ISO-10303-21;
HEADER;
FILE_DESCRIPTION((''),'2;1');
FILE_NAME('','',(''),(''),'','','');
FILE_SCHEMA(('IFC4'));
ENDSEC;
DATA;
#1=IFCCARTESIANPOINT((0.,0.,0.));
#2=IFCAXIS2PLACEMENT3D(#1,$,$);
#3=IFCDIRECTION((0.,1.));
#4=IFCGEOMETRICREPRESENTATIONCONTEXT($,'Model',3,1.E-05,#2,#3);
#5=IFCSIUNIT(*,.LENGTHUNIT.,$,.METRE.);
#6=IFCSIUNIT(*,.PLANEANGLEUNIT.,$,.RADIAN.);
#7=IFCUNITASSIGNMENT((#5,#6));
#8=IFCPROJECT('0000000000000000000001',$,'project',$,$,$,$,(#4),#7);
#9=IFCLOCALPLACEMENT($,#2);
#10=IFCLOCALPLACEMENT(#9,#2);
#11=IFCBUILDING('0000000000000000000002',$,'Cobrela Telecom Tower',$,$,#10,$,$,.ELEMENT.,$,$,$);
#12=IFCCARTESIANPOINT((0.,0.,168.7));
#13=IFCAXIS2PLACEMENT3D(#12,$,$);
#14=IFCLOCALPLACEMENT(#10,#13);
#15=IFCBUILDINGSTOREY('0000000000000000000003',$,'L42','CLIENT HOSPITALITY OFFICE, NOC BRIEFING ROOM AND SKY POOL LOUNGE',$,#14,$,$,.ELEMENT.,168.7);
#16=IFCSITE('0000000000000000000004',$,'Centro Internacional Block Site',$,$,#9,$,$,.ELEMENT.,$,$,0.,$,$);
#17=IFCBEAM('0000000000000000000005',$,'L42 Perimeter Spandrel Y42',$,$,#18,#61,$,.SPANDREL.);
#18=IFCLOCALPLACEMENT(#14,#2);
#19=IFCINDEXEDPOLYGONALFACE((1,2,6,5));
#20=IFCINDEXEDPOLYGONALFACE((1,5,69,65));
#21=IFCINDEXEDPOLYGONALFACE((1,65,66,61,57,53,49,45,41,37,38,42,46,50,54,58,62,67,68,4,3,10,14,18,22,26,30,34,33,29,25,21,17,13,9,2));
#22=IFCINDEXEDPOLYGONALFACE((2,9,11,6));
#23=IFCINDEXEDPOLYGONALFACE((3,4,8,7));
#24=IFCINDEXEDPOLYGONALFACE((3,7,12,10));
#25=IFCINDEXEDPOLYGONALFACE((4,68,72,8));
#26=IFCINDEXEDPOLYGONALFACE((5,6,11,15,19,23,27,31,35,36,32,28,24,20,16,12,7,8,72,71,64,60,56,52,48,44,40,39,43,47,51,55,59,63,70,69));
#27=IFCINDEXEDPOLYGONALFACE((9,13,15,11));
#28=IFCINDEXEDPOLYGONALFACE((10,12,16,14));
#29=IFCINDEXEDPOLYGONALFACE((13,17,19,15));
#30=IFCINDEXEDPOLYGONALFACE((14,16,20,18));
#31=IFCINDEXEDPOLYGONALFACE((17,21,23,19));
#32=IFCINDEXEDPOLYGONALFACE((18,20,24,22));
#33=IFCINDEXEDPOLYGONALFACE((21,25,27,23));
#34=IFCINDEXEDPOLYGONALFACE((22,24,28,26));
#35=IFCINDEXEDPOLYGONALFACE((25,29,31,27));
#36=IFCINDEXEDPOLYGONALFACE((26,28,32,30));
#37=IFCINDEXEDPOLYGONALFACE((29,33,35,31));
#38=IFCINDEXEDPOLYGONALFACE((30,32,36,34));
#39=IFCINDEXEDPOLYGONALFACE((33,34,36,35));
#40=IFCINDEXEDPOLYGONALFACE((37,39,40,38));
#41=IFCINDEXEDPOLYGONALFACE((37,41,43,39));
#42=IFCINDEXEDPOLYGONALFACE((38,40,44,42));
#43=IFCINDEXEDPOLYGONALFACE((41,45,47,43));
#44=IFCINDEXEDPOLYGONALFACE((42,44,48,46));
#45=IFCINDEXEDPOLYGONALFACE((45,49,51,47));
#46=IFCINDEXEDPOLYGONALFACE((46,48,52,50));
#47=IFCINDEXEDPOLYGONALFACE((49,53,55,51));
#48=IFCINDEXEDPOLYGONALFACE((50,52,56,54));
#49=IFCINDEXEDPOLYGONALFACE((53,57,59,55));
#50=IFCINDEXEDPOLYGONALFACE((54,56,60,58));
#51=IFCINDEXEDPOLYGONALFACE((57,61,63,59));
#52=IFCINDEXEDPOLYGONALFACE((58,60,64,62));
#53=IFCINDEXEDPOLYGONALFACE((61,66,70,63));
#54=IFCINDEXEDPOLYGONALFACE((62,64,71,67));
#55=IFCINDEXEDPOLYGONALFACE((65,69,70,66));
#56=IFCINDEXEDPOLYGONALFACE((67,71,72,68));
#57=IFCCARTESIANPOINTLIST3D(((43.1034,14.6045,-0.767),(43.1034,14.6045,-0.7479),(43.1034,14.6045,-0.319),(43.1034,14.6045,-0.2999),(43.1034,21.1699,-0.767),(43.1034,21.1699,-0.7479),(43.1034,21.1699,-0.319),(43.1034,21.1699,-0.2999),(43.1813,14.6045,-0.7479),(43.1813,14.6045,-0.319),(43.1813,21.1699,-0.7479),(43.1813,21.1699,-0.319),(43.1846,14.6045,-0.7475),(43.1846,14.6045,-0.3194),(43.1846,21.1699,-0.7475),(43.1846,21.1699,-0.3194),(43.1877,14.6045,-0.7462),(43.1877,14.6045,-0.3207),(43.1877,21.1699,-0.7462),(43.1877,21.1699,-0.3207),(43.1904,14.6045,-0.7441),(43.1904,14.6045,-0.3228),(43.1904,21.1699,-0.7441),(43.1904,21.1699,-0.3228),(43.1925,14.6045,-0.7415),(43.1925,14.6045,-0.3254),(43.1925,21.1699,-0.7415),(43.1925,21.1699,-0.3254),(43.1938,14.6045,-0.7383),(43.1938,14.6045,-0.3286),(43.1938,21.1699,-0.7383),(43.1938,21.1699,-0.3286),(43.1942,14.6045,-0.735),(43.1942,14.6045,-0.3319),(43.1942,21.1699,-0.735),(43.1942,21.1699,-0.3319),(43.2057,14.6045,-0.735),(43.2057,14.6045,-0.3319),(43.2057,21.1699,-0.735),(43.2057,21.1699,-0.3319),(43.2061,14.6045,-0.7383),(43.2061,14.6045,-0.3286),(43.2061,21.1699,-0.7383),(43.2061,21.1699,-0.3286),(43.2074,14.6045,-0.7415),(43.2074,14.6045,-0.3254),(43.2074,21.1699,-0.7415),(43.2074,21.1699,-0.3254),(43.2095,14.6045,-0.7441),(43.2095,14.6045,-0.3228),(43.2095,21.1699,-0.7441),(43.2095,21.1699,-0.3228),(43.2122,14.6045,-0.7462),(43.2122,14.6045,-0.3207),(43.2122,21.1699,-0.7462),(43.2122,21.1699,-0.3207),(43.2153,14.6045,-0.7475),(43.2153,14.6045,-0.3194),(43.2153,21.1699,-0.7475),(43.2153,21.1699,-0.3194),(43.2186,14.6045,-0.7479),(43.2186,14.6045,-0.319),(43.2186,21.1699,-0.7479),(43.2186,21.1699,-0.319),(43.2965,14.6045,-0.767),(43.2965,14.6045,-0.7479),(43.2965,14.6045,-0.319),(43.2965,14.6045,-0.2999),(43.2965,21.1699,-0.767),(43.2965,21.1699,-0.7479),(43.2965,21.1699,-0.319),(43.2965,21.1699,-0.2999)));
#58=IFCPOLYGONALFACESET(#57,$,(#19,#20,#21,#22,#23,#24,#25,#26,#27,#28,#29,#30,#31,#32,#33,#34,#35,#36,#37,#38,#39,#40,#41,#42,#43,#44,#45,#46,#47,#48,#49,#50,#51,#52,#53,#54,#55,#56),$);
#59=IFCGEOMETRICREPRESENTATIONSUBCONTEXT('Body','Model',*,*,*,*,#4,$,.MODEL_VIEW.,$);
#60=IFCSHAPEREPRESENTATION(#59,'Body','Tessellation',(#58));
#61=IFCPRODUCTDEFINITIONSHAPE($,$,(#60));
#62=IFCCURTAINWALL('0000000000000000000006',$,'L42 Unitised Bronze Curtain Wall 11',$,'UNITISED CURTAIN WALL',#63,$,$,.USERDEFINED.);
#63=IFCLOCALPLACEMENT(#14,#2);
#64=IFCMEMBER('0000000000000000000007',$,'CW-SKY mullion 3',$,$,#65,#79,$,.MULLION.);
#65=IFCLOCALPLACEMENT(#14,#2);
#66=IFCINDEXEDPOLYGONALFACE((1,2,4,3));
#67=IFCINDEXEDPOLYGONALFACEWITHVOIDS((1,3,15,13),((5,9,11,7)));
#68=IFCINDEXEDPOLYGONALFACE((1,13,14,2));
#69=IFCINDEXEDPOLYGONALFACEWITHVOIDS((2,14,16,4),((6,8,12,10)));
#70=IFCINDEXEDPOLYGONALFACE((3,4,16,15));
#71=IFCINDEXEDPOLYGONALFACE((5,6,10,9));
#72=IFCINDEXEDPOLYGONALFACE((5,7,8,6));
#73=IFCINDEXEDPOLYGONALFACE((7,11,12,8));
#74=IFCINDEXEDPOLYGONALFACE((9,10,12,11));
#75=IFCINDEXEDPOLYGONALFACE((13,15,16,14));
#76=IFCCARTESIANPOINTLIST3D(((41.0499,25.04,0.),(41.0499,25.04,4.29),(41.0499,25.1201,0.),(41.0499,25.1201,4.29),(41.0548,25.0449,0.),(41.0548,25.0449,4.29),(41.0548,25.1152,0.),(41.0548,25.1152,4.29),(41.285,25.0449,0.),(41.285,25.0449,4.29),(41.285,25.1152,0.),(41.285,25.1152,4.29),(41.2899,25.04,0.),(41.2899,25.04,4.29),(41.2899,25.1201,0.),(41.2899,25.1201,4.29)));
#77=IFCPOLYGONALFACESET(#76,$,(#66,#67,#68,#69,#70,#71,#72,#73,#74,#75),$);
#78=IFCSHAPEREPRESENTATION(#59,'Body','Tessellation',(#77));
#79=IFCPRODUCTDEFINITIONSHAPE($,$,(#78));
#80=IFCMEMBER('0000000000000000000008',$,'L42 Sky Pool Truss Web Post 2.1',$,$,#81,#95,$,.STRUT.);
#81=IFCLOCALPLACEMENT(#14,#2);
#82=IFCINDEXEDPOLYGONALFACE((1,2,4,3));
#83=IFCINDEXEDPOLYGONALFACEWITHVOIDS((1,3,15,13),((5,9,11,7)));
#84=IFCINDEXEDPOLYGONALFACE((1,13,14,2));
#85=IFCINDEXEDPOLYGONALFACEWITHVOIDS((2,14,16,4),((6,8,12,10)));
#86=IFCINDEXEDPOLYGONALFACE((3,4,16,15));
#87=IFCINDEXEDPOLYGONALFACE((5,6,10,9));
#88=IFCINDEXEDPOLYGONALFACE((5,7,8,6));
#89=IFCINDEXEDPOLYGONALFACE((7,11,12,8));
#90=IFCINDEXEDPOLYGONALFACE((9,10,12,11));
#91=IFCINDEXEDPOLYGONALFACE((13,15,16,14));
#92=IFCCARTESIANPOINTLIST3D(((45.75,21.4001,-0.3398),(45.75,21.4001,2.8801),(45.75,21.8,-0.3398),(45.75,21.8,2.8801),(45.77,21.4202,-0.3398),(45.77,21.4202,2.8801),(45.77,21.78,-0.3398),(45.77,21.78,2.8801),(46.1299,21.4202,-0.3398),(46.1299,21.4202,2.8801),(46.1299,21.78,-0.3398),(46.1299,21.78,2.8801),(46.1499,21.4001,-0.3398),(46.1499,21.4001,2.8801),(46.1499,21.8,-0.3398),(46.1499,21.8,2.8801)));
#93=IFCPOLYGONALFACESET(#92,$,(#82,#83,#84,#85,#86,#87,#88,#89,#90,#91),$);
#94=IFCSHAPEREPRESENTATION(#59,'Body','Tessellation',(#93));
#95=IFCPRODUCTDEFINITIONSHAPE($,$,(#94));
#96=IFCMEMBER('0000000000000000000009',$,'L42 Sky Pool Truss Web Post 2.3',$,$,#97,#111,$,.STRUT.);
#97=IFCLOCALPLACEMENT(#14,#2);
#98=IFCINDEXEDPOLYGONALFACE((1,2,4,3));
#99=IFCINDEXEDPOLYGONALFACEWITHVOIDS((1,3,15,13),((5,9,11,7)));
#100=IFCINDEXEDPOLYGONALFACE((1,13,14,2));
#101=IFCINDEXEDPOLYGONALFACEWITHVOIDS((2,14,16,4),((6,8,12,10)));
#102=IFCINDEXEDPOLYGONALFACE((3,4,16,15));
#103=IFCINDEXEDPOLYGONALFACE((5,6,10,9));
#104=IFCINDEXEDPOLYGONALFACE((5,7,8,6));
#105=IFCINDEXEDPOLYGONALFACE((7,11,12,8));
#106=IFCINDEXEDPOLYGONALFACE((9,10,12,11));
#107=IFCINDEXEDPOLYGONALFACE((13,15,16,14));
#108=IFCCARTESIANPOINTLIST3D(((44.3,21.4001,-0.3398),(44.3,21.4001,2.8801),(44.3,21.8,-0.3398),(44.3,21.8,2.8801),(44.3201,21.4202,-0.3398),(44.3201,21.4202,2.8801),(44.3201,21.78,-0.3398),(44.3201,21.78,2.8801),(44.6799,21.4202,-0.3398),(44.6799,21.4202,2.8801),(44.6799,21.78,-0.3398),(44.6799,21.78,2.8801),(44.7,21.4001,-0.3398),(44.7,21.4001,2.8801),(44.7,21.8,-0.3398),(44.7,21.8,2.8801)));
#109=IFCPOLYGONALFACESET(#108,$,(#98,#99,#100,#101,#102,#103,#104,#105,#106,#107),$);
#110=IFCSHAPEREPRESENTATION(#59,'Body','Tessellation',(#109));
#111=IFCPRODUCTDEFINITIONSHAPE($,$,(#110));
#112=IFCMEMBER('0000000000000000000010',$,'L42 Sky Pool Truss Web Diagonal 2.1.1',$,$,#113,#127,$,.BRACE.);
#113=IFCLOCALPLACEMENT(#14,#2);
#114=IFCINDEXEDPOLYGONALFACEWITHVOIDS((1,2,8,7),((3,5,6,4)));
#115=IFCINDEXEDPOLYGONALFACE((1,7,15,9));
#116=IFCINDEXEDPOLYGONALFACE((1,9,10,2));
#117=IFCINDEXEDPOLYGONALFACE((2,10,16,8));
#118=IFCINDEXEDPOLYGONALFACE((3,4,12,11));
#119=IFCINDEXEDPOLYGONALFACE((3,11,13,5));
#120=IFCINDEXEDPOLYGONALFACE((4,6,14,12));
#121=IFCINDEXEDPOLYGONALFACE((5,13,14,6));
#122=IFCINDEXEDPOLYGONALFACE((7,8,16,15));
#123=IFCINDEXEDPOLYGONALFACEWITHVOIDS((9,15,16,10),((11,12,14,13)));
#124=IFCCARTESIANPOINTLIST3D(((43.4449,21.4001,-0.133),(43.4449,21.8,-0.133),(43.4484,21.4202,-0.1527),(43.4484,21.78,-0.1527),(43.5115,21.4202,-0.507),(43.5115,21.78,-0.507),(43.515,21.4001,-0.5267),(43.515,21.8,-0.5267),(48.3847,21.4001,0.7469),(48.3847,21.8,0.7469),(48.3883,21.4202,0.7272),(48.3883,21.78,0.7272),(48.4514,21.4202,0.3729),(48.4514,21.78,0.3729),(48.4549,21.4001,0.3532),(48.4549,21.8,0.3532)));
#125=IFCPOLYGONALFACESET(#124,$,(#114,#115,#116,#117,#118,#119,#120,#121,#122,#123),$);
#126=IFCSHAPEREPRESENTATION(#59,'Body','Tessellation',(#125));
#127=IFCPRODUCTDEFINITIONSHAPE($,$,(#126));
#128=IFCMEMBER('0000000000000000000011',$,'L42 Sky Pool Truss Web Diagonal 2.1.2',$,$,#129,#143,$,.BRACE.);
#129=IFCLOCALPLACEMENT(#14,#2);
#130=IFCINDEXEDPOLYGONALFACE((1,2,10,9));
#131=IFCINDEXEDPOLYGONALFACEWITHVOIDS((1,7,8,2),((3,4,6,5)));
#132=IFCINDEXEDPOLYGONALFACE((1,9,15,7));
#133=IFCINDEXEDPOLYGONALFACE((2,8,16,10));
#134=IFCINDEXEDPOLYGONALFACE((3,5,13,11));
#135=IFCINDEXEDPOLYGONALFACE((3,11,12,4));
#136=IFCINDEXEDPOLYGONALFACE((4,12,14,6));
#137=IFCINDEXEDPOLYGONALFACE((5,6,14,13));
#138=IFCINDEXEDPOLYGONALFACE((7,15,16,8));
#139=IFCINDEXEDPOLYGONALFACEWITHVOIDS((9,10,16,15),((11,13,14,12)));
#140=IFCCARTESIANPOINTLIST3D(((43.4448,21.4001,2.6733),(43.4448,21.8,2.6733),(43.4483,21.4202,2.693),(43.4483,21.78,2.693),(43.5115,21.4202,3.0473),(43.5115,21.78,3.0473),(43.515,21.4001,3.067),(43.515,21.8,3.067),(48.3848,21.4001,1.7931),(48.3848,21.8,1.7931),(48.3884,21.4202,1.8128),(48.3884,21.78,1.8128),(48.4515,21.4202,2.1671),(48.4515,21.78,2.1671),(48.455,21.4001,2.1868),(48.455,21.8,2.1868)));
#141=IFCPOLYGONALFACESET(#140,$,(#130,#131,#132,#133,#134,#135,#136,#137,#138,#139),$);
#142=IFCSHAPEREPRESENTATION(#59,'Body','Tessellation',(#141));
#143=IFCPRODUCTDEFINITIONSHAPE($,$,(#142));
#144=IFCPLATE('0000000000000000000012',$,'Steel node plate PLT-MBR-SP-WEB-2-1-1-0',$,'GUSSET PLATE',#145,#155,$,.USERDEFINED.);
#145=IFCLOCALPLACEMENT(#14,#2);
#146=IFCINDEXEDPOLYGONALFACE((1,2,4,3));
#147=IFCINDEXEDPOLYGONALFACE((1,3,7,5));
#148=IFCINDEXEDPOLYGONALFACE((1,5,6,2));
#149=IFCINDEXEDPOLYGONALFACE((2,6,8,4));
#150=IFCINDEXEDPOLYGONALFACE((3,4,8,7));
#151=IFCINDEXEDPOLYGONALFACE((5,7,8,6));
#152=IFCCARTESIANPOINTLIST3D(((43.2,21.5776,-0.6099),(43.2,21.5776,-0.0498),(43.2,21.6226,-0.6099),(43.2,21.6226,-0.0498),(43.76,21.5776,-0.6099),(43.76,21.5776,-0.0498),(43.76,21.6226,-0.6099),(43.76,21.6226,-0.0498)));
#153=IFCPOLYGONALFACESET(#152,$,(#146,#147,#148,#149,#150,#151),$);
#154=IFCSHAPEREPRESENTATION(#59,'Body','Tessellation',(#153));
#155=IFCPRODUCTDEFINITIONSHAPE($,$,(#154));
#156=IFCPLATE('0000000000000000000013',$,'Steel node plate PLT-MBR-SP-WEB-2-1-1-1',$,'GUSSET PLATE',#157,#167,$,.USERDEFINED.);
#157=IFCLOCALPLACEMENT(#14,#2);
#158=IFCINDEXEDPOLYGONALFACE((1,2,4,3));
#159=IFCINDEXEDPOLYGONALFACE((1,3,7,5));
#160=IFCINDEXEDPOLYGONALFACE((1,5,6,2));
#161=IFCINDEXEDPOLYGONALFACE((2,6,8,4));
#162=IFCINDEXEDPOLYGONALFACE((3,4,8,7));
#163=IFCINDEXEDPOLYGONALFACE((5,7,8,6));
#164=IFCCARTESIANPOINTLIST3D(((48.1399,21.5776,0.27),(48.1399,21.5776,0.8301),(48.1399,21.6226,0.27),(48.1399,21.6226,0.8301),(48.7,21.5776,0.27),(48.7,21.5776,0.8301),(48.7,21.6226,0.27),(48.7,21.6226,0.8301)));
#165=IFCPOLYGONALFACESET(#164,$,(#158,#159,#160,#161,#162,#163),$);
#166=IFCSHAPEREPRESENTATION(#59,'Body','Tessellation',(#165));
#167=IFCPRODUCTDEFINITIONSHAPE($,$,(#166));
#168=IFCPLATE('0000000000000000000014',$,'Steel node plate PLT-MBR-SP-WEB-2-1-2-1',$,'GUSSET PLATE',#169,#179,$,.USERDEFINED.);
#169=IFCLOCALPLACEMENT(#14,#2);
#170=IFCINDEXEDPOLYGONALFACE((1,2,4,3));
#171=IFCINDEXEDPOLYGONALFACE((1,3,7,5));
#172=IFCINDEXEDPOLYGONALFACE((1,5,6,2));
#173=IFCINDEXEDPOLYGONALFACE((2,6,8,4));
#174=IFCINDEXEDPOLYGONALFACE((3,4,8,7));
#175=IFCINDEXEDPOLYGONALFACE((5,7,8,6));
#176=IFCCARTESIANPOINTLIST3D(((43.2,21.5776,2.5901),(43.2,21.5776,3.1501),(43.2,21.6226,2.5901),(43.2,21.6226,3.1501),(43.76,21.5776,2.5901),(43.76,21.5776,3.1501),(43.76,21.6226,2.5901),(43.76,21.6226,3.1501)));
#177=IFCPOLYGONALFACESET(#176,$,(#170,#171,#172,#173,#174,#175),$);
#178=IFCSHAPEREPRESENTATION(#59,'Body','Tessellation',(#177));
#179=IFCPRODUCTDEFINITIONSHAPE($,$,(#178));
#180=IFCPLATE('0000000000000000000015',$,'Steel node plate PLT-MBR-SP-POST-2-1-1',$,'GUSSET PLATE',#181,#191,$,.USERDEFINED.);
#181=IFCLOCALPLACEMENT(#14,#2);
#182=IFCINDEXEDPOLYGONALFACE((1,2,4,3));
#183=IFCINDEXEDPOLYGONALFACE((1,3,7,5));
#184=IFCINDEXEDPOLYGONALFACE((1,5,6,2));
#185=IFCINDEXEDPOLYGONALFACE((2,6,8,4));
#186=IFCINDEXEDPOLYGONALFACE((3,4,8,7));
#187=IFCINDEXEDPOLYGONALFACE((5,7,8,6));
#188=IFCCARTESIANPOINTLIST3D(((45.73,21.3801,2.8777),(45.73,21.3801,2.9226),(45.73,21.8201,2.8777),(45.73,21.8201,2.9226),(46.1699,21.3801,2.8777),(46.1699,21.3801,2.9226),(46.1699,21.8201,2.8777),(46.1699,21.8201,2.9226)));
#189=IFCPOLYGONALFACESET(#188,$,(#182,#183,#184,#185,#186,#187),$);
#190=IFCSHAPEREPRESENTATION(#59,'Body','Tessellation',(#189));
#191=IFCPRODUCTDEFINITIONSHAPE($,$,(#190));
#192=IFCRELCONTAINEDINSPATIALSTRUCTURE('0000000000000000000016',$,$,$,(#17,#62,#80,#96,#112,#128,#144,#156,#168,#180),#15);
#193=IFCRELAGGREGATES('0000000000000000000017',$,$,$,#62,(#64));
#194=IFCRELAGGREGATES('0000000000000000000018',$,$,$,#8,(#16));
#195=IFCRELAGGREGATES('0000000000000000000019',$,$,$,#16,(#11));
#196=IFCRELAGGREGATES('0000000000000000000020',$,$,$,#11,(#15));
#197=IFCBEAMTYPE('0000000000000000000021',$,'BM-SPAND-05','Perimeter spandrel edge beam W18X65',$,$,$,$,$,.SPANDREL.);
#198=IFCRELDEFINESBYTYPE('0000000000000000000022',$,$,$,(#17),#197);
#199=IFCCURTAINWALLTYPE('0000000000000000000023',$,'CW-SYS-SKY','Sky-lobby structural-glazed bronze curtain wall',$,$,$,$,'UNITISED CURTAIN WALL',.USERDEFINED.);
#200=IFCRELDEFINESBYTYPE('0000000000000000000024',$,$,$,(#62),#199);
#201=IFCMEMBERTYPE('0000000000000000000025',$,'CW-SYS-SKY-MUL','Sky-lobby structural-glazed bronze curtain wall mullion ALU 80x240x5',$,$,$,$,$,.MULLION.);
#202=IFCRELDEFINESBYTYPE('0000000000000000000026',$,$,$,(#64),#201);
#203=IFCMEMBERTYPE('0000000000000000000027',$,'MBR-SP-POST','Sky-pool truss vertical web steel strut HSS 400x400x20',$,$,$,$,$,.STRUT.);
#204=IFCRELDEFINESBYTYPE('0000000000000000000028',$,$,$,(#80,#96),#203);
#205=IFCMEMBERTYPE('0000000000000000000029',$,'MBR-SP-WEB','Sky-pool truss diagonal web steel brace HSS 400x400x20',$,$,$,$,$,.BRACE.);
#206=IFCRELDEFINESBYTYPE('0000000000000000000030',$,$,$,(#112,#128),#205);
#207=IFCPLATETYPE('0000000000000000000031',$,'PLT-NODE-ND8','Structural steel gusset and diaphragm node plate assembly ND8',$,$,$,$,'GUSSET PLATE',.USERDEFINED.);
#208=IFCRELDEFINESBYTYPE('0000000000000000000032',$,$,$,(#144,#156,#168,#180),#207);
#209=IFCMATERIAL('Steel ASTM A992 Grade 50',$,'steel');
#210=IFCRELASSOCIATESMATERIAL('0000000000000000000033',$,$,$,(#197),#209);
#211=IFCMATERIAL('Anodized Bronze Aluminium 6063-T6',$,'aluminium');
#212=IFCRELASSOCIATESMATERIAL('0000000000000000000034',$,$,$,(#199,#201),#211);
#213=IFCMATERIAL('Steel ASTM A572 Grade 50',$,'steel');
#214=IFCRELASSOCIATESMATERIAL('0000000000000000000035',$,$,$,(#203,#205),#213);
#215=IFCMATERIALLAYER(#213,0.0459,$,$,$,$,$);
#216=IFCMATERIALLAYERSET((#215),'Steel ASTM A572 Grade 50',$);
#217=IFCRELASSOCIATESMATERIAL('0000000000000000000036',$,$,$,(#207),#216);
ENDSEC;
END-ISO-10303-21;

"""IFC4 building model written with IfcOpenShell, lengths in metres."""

from ifc_helpers import new_model, si_unit, direction, frame, origin, origin_2d, place, context, subcontext, project, spatial, rectangle, hollow_rectangle, i_section, extrude, material, layer, layer_set, material_profile, profile_set, type_object, element, aggregate, save


model = new_model("IFC4")

# Units and contexts
model_context = context("Model", 3, precision=1e-05, world=origin(), true_north=direction((0.0, 1.0)))
body_context = subcontext(model_context, "Body", "Model", "MODEL_VIEW")
ifc_project = project(units=[si_unit("LENGTHUNIT", "METRE"), si_unit("PLANEANGLEUNIT", "RADIAN")], contexts=[model_context])

# Site, building, storey
site_placement = place(None, origin())
site = spatial("IfcSite", under=ifc_project, at=site_placement, Name="Centro Internacional Block Site", CompositionType="ELEMENT", RefElevation=0.0)
building_placement = place(site_placement, origin())
building = spatial("IfcBuilding", under=site, at=building_placement, Name="Cobrela Telecom Tower", CompositionType="ELEMENT")
storey_placement = place(building_placement, frame((0.0, 0.0, 168.7)))
storey = spatial("IfcBuildingStorey", under=building, at=storey_placement, Name="L42", Description="CLIENT HOSPITALITY OFFICE, NOC BRIEFING ROOM AND SKY POOL LOUNGE", CompositionType="ELEMENT", Elevation=168.7)

# Shared definitions
ifc_material_1 = material(Name="Steel ASTM A572 Grade 50", Category="steel")

# Beam
ifc_material_2 = material(Name="Steel ASTM A992 Grade 50", Category="steel")
ifc_material_profile_1 = material_profile(ifc_material_2, i_section(OverallWidth=0.1931, OverallDepth=0.467, WebThickness=0.0115, FlangeThickness=0.019, FilletRadius=0.0129, at=origin_2d()), Name="W18X65")
ifc_profile_set_1 = profile_set([ifc_material_profile_1], Name="Steel ASTM A992 Grade 50")
beam_type_1 = type_object("IfcBeamType", Name="BM-SPAND-05", Description="Perimeter spandrel edge beam W18X65", PredefinedType="SPANDREL", material=ifc_profile_set_1)
beam_1_placement = place(storey_placement, frame((43.2, 14.6045, -0.5334), z_axis=(0.0, 1.0, 0.0), x_axis=(-1.0, 0.0, 0.0)))
element("IfcBeam", 1, at=beam_1_placement, inside=storey, type_object=beam_type_1, Name="L42 Perimeter Spandrel Y42", PredefinedType="SPANDREL", context=body_context, shape_type="SweptSolid", body=[
    extrude(i_section(OverallWidth=0.1931, OverallDepth=0.467, WebThickness=0.0115, FlangeThickness=0.019, FilletRadius=0.0129, at=origin_2d()), origin(), (0.0, 0.0, 1.0), 6.5654),
])

# Curtain wall, member
ifc_material_3 = material(Name="Anodized Bronze Aluminium 6063-T6", Category="aluminium")
curtain_wall_type = type_object("IfcCurtainWallType", Name="CW-SYS-SKY", Description="Sky-lobby structural-glazed bronze curtain wall", ElementType="UNITISED CURTAIN WALL", PredefinedType="USERDEFINED", material=ifc_material_3)
curtain_wall_placement = place(storey_placement, origin())
curtain_wall = element("IfcCurtainWall", 2, at=curtain_wall_placement, inside=storey, type_object=curtain_wall_type, Name="L42 Unitised Bronze Curtain Wall 11", ObjectType="UNITISED CURTAIN WALL", PredefinedType="USERDEFINED")
ifc_material_profile_2 = material_profile(ifc_material_3, hollow_rectangle(XDim=0.0801, YDim=0.24, WallThickness=0.0049, at=origin_2d()), Name="ALU 80x240x5")
ifc_profile_set_2 = profile_set([ifc_material_profile_2], Name="Anodized Bronze Aluminium 6063-T6")
member_type_1 = type_object("IfcMemberType", Name="CW-SYS-SKY-MUL", Description="Sky-lobby structural-glazed bronze curtain wall mullion ALU 80x240x5", PredefinedType="MULLION", material=ifc_profile_set_2)
member_1_placement = place(storey_placement, frame((41.1699, 25.0801, 0.0), z_axis=(0.0, 0.0, 1.0), x_axis=(0.0, 1.0, 0.0)))
member_1 = element("IfcMember", 3, at=member_1_placement, type_object=member_type_1, Name="CW-SKY mullion 3", PredefinedType="MULLION", context=body_context, shape_type="SweptSolid", body=[
    extrude(hollow_rectangle(XDim=0.0801, YDim=0.24, WallThickness=0.0049, at=origin_2d()), origin(), (0.0, 0.0, 1.0), 4.29),
])
aggregate(curtain_wall, [member_1])

# Members
ifc_material_profile_3 = material_profile(ifc_material_1, hollow_rectangle(XDim=0.3999, YDim=0.3999, WallThickness=0.02, at=origin_2d()), Name="HSS 400x400x20")
ifc_profile_set_3 = profile_set([ifc_material_profile_3], Name="Steel ASTM A572 Grade 50")
member_type_2 = type_object("IfcMemberType", Name="MBR-SP-POST", Description="Sky-pool truss vertical web steel strut HSS 400x400x20", PredefinedType="STRUT", material=ifc_profile_set_3)
for number, where, z_axis, x_axis, name in (
    (4, (45.95, 21.6001, -0.3398), (0.0, 0.0, 1.0), (1.0, 0.0, 0.0), "L42 Sky Pool Truss Web Post 2.1"),
    (5, (44.5, 21.6001, -0.3398), (0.0, 0.0, 1.0), (1.0, 0.0, 0.0), "L42 Sky Pool Truss Web Post 2.3"),
):
    element("IfcMember", number, at=place(storey_placement, frame(where, z_axis=z_axis, x_axis=x_axis)), inside=storey, type_object=member_type_2, Name=name, PredefinedType="STRUT", context=body_context, shape_type="SweptSolid", body=[
        extrude(hollow_rectangle(XDim=0.3999, YDim=0.3999, WallThickness=0.02, at=origin_2d()), origin(), (0.0, 0.0, 1.0), 3.22),
    ])
ifc_material_profile_4 = material_profile(ifc_material_1, hollow_rectangle(XDim=0.3999, YDim=0.3999, WallThickness=0.02, at=origin_2d()), Name="HSS 400x400x20")
ifc_profile_set_4 = profile_set([ifc_material_profile_4], Name="Steel ASTM A572 Grade 50")
member_type_3 = type_object("IfcMemberType", Name="MBR-SP-WEB", Description="Sky-pool truss diagonal web steel brace HSS 400x400x20", PredefinedType="BRACE", material=ifc_profile_set_4)
member_2_placement = place(storey_placement, frame((43.48, 21.6001, -0.3298), z_axis=(0.984505, 0.0, 0.175356), x_axis=(0.0, 1.0, 0.0)))
element("IfcMember", 6, at=member_2_placement, inside=storey, type_object=member_type_3, Name="L42 Sky Pool Truss Web Diagonal 2.1.1", PredefinedType="BRACE", context=body_context, shape_type="SweptSolid", body=[
    extrude(hollow_rectangle(XDim=0.3999, YDim=0.3999, WallThickness=0.02, at=origin_2d()), origin(), (0.0, 0.0, 1.0), 5.0176),
])
member_3_placement = place(storey_placement, frame((48.4199, 21.6001, 1.99), z_axis=(-0.984497, 0.0, 0.175403), x_axis=(0.0, -1.0, 0.0)))
element("IfcMember", 7, at=member_3_placement, inside=storey, type_object=member_type_3, Name="L42 Sky Pool Truss Web Diagonal 2.1.2", PredefinedType="BRACE", context=body_context, shape_type="SweptSolid", body=[
    extrude(hollow_rectangle(XDim=0.3999, YDim=0.3999, WallThickness=0.02, at=origin_2d()), origin(), (0.0, 0.0, 1.0), 5.0178),
])

# Plates
ifc_layer_1 = layer(ifc_material_1, 0.0459)
ifc_layer_set_1 = layer_set([ifc_layer_1], Name="Steel ASTM A572 Grade 50")
plate_type = type_object("IfcPlateType", Name="PLT-NODE-ND8", Description="Structural steel gusset and diaphragm node plate assembly ND8", ElementType="GUSSET PLATE", PredefinedType="USERDEFINED", material=ifc_layer_set_1)
for number, where, z_axis, x_axis, name in (
    (8, (43.48, 21.6001, -0.6099), (0.0, 0.0, 1.0), (1.0, 0.0, 0.0), "Steel node plate PLT-MBR-SP-WEB-2-1-1-0"),
    (9, (48.4199, 21.6001, 0.27), (0.0, 0.0, 1.0), (1.0, 0.0, 0.0), "Steel node plate PLT-MBR-SP-WEB-2-1-1-1"),
    (10, (43.48, 21.6001, 2.5901), (0.0, 0.0, 1.0), (-1.0, 0.0, 0.0), "Steel node plate PLT-MBR-SP-WEB-2-1-2-1"),
):
    element("IfcPlate", number, at=place(storey_placement, frame(where, z_axis=z_axis, x_axis=x_axis)), inside=storey, type_object=plate_type, Name=name, ObjectType="GUSSET PLATE", PredefinedType="USERDEFINED", context=body_context, shape_type="SweptSolid", body=[
        extrude(rectangle(XDim=0.5601, YDim=0.0449, at=origin_2d()), origin(), (0.0, 0.0, 1.0), 0.5601),
    ])
for number, where, z_axis, x_axis, name in (
    (11, (45.95, 21.6001, 2.8777), (0.0, 0.0, 1.0), (1.0, 0.0, 0.0), "Steel node plate PLT-MBR-SP-POST-2-1-1"),
):
    element("IfcPlate", number, at=place(storey_placement, frame(where, z_axis=z_axis, x_axis=x_axis)), inside=storey, type_object=plate_type, Name=name, ObjectType="GUSSET PLATE", PredefinedType="USERDEFINED", context=body_context, shape_type="SweptSolid", body=[
        extrude(rectangle(XDim=0.4399, YDim=0.4399, at=origin_2d()), origin(), (0.0, 0.0, 1.0), 0.0449),
    ])

save(model, "model.ifc")
